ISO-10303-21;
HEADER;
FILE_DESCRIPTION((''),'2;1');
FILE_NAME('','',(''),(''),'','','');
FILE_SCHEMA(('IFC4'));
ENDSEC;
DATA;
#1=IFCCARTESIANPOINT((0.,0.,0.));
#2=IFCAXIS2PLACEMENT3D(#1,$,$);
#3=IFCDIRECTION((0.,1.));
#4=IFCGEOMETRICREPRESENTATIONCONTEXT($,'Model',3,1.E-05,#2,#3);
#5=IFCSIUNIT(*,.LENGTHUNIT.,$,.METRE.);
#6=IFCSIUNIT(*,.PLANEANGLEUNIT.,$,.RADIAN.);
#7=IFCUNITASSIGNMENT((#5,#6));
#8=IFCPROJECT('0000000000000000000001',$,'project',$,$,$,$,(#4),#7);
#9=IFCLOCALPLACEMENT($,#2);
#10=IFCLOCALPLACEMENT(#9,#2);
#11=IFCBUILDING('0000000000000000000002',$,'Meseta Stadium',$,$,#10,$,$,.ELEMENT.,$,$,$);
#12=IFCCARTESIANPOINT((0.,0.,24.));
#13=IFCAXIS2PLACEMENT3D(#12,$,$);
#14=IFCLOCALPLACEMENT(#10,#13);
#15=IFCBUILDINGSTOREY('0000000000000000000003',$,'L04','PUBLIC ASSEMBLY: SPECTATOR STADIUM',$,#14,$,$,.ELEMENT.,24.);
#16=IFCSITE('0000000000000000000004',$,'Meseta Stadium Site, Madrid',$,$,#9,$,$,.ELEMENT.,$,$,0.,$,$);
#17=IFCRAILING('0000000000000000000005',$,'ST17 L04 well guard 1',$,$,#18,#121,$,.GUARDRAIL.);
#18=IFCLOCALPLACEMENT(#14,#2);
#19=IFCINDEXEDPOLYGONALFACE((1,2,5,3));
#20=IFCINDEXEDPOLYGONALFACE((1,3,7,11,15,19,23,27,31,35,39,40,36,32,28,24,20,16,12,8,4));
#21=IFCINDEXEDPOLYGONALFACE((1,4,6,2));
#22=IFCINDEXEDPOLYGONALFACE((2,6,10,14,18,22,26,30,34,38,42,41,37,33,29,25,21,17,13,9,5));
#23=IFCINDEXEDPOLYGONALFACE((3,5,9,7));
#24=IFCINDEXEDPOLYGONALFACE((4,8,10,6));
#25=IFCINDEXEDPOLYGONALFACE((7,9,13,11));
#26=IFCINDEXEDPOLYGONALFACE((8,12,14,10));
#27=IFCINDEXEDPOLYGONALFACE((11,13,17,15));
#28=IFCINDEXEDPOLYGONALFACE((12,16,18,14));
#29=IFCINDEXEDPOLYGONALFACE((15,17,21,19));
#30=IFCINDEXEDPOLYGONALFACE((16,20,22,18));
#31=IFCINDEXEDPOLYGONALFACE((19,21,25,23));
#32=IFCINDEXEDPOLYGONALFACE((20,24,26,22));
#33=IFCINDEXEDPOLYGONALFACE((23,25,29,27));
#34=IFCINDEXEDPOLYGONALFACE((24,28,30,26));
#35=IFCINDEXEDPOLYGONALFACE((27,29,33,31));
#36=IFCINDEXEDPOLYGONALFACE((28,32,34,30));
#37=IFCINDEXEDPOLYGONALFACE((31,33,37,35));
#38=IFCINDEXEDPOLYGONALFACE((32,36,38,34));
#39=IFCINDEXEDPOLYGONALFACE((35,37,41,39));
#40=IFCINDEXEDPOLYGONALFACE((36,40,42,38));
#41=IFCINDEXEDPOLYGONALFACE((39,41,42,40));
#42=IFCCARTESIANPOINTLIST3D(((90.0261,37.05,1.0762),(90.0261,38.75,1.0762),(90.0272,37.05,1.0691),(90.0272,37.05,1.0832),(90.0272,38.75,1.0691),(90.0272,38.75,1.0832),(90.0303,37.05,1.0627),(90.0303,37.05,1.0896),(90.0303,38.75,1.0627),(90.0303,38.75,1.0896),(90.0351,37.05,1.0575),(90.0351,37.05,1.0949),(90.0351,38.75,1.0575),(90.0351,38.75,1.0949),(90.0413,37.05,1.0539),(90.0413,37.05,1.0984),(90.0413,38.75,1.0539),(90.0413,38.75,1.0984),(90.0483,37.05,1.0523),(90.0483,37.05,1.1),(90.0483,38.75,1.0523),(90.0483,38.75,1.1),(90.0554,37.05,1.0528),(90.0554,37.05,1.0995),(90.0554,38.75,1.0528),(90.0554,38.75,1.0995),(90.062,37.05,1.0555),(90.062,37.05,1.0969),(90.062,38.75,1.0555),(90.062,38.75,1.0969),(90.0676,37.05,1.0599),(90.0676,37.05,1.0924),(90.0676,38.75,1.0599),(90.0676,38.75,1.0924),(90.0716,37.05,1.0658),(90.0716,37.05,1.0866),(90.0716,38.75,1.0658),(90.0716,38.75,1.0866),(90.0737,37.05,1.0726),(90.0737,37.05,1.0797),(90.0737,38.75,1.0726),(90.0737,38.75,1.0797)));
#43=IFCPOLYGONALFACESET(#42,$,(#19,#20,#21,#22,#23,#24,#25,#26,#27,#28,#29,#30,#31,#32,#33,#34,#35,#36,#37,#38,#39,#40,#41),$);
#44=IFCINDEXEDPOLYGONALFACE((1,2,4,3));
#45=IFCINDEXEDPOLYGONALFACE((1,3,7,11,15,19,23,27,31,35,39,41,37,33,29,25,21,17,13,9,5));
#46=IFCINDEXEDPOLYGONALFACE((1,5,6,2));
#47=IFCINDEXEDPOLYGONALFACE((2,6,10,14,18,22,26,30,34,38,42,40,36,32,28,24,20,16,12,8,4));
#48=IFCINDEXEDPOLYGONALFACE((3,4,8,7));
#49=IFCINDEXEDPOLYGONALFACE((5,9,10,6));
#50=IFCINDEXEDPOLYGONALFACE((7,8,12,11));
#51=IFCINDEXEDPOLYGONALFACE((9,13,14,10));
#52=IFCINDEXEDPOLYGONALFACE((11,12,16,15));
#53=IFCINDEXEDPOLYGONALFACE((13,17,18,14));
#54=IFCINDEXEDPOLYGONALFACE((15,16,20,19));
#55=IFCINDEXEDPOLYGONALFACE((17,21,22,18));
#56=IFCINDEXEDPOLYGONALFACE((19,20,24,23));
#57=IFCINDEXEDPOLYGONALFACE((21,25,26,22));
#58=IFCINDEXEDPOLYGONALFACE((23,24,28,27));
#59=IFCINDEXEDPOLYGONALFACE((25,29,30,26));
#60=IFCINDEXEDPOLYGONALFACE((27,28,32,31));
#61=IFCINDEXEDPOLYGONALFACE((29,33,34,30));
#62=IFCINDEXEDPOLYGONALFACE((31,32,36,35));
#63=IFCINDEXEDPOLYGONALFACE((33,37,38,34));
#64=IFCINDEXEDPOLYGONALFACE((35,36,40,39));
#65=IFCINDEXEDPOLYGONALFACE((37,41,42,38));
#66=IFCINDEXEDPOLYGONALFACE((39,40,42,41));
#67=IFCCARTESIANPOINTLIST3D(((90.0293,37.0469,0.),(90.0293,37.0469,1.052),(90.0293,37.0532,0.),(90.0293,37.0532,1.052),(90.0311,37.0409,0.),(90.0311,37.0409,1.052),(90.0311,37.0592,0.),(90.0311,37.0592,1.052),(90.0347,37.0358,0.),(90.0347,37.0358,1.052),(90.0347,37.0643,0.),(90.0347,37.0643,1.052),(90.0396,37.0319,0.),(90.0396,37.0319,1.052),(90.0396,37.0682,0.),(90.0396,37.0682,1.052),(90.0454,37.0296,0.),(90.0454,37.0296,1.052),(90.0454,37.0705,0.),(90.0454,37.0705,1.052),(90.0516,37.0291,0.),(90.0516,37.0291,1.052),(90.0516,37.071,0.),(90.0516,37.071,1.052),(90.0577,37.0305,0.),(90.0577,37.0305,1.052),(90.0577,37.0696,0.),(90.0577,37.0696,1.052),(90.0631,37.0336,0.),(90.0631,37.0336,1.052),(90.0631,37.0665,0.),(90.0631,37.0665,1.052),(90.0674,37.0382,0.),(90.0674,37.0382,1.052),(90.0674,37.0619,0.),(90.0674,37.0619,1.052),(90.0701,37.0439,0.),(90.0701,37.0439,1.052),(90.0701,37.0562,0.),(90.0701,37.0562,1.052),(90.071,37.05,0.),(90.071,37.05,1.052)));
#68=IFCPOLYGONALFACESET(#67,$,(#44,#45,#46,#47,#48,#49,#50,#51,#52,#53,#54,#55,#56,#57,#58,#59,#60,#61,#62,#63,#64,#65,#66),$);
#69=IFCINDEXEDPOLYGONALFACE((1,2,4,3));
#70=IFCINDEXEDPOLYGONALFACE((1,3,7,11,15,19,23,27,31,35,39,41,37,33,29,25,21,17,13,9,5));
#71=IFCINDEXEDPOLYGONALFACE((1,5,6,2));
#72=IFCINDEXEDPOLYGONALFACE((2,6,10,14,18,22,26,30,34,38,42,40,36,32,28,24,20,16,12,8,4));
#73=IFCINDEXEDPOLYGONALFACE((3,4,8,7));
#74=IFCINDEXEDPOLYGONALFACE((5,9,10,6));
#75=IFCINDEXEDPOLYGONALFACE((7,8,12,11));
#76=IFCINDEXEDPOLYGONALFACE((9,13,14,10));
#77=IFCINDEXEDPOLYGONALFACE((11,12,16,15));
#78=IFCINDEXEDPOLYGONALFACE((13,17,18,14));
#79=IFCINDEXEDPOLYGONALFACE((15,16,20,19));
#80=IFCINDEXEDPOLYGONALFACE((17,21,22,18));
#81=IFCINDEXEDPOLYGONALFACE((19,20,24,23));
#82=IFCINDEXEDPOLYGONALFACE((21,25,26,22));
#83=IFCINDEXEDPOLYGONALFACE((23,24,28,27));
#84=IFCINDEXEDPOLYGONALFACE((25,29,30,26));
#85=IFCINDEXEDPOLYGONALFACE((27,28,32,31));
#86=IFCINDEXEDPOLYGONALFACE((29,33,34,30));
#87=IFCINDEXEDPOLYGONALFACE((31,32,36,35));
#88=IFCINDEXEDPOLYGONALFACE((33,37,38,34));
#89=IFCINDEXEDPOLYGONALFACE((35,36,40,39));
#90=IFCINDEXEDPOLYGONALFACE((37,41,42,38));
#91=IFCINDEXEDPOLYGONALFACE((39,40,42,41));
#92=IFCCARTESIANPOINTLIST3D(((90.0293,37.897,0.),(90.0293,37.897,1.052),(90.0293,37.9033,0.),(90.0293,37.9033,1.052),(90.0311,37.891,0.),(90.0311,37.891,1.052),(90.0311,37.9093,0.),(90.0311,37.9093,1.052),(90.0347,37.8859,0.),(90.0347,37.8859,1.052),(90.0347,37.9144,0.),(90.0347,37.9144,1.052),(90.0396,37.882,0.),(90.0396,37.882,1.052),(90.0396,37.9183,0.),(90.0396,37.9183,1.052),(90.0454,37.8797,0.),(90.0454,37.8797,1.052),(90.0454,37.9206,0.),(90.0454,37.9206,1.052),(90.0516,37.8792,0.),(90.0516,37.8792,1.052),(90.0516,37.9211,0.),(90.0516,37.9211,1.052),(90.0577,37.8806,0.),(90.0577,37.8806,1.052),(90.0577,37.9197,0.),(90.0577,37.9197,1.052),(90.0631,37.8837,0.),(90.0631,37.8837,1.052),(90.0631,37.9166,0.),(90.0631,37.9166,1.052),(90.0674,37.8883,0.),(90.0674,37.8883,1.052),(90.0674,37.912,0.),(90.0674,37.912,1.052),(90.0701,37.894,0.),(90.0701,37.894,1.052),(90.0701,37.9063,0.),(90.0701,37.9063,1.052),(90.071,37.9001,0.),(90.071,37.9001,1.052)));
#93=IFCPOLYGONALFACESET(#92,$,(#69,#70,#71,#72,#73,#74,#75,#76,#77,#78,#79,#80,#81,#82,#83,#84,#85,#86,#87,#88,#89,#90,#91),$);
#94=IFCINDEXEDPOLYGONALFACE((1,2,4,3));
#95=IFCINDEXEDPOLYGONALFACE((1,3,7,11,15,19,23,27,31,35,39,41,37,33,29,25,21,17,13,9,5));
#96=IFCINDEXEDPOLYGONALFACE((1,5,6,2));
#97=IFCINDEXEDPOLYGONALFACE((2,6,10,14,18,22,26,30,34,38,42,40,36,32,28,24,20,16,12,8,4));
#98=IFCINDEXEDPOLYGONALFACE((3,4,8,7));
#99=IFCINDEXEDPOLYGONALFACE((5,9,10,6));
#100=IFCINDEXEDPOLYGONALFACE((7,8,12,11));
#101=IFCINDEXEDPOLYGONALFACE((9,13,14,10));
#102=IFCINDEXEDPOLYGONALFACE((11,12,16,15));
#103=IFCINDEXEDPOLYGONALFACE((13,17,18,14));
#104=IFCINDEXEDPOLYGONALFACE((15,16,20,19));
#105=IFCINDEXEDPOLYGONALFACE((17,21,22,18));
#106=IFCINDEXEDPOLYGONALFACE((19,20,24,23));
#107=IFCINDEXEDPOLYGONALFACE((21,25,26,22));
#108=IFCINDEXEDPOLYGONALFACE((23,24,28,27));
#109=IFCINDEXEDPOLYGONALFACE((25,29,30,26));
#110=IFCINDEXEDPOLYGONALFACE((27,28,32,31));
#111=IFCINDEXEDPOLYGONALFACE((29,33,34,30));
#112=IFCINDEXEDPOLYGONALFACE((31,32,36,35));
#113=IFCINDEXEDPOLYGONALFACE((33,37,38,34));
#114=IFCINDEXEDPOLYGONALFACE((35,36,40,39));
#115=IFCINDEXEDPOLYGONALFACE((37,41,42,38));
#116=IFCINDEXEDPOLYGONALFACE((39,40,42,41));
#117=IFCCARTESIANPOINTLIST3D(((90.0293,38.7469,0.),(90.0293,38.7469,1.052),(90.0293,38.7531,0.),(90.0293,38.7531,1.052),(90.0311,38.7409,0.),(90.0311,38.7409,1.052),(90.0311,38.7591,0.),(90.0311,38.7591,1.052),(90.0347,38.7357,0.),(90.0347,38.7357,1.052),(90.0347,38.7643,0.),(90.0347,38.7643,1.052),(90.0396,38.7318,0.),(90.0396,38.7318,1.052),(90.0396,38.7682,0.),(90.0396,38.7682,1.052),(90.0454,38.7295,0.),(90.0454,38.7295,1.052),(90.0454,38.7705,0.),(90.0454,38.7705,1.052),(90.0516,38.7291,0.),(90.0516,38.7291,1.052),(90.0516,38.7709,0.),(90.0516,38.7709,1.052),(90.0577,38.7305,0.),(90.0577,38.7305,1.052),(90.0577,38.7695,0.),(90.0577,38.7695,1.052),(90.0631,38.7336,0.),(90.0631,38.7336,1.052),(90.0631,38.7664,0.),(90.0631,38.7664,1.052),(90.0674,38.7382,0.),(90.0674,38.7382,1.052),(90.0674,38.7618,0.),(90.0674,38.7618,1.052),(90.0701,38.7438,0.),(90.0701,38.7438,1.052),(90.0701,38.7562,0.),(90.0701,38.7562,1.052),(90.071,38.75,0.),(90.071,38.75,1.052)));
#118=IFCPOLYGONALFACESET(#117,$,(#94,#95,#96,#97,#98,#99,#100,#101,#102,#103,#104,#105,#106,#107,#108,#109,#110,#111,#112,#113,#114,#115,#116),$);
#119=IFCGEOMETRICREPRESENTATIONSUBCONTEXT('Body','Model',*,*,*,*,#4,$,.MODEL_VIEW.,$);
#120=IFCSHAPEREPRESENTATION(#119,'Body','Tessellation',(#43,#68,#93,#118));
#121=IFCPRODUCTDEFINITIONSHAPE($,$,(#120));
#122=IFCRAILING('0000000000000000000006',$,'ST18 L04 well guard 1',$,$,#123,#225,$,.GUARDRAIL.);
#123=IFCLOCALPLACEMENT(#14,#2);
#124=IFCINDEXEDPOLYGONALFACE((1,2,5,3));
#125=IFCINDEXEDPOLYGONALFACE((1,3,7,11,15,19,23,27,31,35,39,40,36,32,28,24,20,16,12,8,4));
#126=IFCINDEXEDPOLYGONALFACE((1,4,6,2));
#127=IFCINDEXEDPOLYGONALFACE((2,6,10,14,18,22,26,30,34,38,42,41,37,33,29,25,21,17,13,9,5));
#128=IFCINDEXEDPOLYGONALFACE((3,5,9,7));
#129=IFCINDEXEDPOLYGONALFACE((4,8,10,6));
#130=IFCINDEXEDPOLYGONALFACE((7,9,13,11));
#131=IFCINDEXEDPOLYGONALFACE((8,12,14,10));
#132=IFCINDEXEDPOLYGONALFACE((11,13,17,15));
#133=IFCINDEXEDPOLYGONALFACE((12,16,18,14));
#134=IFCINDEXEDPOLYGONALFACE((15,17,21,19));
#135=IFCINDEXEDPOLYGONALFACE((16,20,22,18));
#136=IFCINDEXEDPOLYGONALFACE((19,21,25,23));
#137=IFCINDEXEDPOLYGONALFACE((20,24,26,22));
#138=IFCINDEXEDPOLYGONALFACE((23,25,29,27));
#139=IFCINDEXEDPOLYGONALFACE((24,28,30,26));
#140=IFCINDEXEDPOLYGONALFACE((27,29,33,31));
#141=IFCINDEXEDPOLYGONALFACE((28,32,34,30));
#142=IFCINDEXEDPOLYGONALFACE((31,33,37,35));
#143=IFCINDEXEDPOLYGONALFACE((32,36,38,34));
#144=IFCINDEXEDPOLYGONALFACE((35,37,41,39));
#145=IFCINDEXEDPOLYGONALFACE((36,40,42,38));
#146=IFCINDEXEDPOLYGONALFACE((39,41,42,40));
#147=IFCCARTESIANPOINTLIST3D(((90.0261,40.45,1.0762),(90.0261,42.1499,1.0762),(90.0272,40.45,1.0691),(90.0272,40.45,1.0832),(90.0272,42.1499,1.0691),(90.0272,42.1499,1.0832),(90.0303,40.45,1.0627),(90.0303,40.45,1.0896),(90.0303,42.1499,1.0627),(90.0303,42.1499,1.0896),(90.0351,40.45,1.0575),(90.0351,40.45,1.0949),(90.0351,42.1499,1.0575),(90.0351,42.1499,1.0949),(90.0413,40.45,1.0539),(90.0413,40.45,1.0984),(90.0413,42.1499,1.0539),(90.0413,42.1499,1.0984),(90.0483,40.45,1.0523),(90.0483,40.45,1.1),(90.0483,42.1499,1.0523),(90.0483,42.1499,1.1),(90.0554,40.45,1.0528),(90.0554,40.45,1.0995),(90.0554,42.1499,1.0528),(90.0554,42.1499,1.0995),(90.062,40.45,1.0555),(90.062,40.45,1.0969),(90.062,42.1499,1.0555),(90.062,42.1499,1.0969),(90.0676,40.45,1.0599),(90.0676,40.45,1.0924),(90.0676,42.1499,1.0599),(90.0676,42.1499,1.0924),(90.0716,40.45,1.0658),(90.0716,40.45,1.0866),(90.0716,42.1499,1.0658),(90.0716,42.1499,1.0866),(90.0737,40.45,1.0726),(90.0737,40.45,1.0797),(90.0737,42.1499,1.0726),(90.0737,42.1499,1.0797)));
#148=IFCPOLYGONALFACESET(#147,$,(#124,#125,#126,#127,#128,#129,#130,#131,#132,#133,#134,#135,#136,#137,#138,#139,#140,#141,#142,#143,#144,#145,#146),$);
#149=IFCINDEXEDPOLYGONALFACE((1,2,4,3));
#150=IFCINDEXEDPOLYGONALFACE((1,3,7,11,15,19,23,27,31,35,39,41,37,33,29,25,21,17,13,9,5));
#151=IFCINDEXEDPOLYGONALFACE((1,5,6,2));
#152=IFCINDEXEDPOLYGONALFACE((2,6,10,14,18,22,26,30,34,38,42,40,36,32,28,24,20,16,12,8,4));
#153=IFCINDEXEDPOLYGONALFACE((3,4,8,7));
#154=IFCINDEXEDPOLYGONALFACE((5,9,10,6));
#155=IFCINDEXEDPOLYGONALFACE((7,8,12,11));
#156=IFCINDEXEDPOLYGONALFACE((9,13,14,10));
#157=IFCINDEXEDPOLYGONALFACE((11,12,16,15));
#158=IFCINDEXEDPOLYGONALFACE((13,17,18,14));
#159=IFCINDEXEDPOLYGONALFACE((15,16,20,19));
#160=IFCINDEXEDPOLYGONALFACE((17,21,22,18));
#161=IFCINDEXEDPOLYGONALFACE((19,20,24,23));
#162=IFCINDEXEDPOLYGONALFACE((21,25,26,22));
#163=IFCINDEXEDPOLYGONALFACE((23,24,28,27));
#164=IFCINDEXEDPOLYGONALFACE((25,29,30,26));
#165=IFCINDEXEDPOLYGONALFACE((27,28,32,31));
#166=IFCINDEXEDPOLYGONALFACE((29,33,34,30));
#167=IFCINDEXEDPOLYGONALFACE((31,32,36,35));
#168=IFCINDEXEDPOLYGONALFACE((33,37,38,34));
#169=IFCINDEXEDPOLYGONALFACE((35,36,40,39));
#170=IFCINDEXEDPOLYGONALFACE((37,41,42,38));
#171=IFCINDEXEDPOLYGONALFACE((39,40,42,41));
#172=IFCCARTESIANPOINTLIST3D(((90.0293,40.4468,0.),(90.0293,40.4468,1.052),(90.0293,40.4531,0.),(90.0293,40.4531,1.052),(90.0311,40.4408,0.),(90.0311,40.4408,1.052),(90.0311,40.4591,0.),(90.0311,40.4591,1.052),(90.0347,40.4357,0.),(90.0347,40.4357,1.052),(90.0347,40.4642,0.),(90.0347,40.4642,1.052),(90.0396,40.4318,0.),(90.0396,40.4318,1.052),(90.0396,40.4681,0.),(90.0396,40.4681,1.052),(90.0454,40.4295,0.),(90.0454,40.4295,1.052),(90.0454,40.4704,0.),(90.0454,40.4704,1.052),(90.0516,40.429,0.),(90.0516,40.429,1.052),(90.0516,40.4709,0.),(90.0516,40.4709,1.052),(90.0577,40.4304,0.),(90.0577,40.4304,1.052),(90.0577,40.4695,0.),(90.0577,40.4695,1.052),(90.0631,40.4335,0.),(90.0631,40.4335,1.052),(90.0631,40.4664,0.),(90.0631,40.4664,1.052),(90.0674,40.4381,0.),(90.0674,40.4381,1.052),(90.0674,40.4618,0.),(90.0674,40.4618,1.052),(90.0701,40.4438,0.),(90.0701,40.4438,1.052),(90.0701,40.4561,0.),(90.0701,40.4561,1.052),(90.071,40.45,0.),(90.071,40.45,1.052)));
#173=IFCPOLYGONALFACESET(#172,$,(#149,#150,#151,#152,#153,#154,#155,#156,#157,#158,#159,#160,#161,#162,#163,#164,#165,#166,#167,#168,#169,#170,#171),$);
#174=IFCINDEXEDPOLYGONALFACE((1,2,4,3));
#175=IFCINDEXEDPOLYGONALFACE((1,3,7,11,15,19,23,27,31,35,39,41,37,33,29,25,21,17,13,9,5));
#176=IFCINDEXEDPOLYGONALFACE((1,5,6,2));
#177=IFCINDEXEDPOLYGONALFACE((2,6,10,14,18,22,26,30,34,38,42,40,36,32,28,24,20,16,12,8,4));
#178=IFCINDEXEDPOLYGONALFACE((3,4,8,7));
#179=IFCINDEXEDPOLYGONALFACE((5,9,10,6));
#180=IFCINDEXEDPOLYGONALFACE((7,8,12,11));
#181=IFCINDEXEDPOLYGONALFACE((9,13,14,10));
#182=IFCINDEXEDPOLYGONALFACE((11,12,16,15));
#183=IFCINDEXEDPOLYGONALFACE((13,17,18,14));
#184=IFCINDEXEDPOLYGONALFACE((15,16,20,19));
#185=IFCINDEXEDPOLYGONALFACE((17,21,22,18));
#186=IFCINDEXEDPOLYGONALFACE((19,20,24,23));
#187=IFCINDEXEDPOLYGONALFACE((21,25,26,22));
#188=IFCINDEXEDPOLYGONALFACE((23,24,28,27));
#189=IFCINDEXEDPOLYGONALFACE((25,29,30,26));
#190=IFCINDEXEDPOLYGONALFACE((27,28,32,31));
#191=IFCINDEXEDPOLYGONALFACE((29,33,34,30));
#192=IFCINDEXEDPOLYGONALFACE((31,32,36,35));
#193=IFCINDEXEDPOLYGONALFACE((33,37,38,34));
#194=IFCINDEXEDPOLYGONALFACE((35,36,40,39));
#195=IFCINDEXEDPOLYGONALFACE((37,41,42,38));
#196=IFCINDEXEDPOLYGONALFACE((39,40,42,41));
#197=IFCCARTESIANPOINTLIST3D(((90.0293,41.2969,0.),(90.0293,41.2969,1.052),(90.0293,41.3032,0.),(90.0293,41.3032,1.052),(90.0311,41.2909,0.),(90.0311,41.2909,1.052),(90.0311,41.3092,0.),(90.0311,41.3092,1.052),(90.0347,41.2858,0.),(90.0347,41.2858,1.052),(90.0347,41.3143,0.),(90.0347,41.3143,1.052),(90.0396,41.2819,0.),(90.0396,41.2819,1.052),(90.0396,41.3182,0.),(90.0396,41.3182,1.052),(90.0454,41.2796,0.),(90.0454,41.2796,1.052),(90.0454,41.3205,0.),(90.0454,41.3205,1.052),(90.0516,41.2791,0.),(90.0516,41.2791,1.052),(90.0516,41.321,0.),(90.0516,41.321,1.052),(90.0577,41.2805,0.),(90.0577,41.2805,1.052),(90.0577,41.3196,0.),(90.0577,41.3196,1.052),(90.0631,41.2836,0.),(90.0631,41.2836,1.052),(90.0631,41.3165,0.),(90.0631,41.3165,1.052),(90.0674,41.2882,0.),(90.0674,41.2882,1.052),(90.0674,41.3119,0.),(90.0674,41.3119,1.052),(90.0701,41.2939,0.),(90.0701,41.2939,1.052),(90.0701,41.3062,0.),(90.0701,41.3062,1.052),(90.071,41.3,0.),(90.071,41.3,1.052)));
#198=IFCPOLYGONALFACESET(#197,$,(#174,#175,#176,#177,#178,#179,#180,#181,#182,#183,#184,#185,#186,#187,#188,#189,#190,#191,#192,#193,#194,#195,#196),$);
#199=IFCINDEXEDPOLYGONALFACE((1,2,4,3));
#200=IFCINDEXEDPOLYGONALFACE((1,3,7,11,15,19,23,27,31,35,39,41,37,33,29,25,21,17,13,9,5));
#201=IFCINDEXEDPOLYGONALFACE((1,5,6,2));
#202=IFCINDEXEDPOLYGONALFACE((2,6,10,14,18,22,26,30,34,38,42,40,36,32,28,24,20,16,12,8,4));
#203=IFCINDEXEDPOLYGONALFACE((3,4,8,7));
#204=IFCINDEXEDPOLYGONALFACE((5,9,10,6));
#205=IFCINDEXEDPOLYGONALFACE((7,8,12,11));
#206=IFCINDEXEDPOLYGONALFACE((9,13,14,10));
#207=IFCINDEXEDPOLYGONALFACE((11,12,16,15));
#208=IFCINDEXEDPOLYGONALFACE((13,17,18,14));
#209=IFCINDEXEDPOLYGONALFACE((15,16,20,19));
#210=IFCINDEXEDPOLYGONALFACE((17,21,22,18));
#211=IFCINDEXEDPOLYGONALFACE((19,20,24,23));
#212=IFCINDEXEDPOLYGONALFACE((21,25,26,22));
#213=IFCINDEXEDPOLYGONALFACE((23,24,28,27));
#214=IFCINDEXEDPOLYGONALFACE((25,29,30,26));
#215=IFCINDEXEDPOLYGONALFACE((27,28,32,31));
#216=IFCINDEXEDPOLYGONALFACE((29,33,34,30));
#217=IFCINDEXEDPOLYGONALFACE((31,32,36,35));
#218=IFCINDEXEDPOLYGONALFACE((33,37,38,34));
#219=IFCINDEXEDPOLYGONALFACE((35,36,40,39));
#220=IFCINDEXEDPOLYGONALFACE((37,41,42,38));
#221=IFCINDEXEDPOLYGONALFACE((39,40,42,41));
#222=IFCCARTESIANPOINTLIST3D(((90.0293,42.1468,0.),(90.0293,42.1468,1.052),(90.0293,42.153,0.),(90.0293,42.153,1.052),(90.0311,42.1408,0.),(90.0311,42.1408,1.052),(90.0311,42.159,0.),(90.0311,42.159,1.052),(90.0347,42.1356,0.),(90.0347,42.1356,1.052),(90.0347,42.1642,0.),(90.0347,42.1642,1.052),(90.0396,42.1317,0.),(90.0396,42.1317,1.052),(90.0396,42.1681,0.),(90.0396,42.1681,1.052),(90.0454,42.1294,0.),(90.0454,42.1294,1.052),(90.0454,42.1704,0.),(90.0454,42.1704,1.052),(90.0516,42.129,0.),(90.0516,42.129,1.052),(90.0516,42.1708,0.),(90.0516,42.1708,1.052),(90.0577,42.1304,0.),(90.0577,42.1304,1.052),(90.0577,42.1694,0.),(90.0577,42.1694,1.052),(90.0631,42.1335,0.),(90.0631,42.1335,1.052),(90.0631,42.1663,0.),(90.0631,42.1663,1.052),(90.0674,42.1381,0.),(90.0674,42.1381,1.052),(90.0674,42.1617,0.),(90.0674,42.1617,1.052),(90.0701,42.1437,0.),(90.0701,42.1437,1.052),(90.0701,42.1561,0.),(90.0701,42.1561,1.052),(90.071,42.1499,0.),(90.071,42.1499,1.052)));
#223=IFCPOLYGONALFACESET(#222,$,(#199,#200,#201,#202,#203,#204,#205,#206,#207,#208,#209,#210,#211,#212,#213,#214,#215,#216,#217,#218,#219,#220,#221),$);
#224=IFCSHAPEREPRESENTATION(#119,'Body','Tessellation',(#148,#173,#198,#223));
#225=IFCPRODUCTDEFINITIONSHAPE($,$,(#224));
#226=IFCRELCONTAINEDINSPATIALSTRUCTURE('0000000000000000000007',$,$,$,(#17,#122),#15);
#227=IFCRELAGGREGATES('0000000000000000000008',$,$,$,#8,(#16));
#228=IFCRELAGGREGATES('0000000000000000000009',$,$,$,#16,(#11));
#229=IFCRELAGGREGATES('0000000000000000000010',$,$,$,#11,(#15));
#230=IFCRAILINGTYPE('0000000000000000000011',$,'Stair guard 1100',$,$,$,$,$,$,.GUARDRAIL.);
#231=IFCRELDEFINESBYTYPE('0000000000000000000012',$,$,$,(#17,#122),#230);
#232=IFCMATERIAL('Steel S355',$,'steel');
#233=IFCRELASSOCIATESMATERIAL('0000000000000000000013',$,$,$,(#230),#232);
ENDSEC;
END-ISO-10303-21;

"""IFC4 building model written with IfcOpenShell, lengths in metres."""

from ifc_helpers import new_model, si_unit, direction, frame, origin, origin_2d, place, context, subcontext, project, spatial, circle, extrude, material, type_object, element, save


model = new_model("IFC4")

# Units and contexts
model_context = context("Model", 3, precision=1e-05, world=origin(), true_north=direction((0.0, 1.0)))
body_context = subcontext(model_context, "Body", "Model", "MODEL_VIEW")
ifc_project = project(units=[si_unit("LENGTHUNIT", "METRE"), si_unit("PLANEANGLEUNIT", "RADIAN")], contexts=[model_context])

# Site, building, storey
site_placement = place(None, origin())
site = spatial("IfcSite", under=ifc_project, at=site_placement, Name="Meseta Stadium Site, Madrid", CompositionType="ELEMENT", RefElevation=0.0)
building_placement = place(site_placement, origin())
building = spatial("IfcBuilding", under=site, at=building_placement, Name="Meseta Stadium", CompositionType="ELEMENT")
storey_placement = place(building_placement, frame((0.0, 0.0, 24.0)))
storey = spatial("IfcBuildingStorey", under=building, at=storey_placement, Name="L04", Description="PUBLIC ASSEMBLY: SPECTATOR STADIUM", CompositionType="ELEMENT", Elevation=24.0)

# Railings
ifc_material_1 = material(Name="Steel S355", Category="steel")
railing_type = type_object("IfcRailingType", Name="Stair guard 1100", PredefinedType="GUARDRAIL", material=ifc_material_1)
for number, where, name in (
    (1, (90.05, 37.05, 0.0), "ST17 L04 well guard 1"),
    (2, (90.05, 40.45, 0.0), "ST18 L04 well guard 1"),
):
    element("IfcRailing", number, at=place(storey_placement, frame(where)), inside=storey, type_object=railing_type, Name=name, PredefinedType="GUARDRAIL", context=body_context, shape_type="SweptSolid", body=[
        extrude(circle(Radius=0.0239, at=origin_2d()), frame((0.0, 0.0, 1.0762), z_axis=(0.0, 1.0, 0.0), x_axis=(-1.0, 0.0, 0.0)), (0.0, 0.0, 1.0), 1.7),
        extrude(circle(Radius=0.021, at=origin_2d()), origin(), (0.0, 0.0, 1.0), 1.052),
        extrude(circle(Radius=0.021, at=origin_2d()), frame((0.0, 0.8501, 0.0)), (0.0, 0.0, 1.0), 1.052),
        extrude(circle(Radius=0.021, at=origin_2d()), frame((0.0, 1.7, 0.0)), (0.0, 0.0, 1.0), 1.052),
    ])

save(model, "model.ifc")
